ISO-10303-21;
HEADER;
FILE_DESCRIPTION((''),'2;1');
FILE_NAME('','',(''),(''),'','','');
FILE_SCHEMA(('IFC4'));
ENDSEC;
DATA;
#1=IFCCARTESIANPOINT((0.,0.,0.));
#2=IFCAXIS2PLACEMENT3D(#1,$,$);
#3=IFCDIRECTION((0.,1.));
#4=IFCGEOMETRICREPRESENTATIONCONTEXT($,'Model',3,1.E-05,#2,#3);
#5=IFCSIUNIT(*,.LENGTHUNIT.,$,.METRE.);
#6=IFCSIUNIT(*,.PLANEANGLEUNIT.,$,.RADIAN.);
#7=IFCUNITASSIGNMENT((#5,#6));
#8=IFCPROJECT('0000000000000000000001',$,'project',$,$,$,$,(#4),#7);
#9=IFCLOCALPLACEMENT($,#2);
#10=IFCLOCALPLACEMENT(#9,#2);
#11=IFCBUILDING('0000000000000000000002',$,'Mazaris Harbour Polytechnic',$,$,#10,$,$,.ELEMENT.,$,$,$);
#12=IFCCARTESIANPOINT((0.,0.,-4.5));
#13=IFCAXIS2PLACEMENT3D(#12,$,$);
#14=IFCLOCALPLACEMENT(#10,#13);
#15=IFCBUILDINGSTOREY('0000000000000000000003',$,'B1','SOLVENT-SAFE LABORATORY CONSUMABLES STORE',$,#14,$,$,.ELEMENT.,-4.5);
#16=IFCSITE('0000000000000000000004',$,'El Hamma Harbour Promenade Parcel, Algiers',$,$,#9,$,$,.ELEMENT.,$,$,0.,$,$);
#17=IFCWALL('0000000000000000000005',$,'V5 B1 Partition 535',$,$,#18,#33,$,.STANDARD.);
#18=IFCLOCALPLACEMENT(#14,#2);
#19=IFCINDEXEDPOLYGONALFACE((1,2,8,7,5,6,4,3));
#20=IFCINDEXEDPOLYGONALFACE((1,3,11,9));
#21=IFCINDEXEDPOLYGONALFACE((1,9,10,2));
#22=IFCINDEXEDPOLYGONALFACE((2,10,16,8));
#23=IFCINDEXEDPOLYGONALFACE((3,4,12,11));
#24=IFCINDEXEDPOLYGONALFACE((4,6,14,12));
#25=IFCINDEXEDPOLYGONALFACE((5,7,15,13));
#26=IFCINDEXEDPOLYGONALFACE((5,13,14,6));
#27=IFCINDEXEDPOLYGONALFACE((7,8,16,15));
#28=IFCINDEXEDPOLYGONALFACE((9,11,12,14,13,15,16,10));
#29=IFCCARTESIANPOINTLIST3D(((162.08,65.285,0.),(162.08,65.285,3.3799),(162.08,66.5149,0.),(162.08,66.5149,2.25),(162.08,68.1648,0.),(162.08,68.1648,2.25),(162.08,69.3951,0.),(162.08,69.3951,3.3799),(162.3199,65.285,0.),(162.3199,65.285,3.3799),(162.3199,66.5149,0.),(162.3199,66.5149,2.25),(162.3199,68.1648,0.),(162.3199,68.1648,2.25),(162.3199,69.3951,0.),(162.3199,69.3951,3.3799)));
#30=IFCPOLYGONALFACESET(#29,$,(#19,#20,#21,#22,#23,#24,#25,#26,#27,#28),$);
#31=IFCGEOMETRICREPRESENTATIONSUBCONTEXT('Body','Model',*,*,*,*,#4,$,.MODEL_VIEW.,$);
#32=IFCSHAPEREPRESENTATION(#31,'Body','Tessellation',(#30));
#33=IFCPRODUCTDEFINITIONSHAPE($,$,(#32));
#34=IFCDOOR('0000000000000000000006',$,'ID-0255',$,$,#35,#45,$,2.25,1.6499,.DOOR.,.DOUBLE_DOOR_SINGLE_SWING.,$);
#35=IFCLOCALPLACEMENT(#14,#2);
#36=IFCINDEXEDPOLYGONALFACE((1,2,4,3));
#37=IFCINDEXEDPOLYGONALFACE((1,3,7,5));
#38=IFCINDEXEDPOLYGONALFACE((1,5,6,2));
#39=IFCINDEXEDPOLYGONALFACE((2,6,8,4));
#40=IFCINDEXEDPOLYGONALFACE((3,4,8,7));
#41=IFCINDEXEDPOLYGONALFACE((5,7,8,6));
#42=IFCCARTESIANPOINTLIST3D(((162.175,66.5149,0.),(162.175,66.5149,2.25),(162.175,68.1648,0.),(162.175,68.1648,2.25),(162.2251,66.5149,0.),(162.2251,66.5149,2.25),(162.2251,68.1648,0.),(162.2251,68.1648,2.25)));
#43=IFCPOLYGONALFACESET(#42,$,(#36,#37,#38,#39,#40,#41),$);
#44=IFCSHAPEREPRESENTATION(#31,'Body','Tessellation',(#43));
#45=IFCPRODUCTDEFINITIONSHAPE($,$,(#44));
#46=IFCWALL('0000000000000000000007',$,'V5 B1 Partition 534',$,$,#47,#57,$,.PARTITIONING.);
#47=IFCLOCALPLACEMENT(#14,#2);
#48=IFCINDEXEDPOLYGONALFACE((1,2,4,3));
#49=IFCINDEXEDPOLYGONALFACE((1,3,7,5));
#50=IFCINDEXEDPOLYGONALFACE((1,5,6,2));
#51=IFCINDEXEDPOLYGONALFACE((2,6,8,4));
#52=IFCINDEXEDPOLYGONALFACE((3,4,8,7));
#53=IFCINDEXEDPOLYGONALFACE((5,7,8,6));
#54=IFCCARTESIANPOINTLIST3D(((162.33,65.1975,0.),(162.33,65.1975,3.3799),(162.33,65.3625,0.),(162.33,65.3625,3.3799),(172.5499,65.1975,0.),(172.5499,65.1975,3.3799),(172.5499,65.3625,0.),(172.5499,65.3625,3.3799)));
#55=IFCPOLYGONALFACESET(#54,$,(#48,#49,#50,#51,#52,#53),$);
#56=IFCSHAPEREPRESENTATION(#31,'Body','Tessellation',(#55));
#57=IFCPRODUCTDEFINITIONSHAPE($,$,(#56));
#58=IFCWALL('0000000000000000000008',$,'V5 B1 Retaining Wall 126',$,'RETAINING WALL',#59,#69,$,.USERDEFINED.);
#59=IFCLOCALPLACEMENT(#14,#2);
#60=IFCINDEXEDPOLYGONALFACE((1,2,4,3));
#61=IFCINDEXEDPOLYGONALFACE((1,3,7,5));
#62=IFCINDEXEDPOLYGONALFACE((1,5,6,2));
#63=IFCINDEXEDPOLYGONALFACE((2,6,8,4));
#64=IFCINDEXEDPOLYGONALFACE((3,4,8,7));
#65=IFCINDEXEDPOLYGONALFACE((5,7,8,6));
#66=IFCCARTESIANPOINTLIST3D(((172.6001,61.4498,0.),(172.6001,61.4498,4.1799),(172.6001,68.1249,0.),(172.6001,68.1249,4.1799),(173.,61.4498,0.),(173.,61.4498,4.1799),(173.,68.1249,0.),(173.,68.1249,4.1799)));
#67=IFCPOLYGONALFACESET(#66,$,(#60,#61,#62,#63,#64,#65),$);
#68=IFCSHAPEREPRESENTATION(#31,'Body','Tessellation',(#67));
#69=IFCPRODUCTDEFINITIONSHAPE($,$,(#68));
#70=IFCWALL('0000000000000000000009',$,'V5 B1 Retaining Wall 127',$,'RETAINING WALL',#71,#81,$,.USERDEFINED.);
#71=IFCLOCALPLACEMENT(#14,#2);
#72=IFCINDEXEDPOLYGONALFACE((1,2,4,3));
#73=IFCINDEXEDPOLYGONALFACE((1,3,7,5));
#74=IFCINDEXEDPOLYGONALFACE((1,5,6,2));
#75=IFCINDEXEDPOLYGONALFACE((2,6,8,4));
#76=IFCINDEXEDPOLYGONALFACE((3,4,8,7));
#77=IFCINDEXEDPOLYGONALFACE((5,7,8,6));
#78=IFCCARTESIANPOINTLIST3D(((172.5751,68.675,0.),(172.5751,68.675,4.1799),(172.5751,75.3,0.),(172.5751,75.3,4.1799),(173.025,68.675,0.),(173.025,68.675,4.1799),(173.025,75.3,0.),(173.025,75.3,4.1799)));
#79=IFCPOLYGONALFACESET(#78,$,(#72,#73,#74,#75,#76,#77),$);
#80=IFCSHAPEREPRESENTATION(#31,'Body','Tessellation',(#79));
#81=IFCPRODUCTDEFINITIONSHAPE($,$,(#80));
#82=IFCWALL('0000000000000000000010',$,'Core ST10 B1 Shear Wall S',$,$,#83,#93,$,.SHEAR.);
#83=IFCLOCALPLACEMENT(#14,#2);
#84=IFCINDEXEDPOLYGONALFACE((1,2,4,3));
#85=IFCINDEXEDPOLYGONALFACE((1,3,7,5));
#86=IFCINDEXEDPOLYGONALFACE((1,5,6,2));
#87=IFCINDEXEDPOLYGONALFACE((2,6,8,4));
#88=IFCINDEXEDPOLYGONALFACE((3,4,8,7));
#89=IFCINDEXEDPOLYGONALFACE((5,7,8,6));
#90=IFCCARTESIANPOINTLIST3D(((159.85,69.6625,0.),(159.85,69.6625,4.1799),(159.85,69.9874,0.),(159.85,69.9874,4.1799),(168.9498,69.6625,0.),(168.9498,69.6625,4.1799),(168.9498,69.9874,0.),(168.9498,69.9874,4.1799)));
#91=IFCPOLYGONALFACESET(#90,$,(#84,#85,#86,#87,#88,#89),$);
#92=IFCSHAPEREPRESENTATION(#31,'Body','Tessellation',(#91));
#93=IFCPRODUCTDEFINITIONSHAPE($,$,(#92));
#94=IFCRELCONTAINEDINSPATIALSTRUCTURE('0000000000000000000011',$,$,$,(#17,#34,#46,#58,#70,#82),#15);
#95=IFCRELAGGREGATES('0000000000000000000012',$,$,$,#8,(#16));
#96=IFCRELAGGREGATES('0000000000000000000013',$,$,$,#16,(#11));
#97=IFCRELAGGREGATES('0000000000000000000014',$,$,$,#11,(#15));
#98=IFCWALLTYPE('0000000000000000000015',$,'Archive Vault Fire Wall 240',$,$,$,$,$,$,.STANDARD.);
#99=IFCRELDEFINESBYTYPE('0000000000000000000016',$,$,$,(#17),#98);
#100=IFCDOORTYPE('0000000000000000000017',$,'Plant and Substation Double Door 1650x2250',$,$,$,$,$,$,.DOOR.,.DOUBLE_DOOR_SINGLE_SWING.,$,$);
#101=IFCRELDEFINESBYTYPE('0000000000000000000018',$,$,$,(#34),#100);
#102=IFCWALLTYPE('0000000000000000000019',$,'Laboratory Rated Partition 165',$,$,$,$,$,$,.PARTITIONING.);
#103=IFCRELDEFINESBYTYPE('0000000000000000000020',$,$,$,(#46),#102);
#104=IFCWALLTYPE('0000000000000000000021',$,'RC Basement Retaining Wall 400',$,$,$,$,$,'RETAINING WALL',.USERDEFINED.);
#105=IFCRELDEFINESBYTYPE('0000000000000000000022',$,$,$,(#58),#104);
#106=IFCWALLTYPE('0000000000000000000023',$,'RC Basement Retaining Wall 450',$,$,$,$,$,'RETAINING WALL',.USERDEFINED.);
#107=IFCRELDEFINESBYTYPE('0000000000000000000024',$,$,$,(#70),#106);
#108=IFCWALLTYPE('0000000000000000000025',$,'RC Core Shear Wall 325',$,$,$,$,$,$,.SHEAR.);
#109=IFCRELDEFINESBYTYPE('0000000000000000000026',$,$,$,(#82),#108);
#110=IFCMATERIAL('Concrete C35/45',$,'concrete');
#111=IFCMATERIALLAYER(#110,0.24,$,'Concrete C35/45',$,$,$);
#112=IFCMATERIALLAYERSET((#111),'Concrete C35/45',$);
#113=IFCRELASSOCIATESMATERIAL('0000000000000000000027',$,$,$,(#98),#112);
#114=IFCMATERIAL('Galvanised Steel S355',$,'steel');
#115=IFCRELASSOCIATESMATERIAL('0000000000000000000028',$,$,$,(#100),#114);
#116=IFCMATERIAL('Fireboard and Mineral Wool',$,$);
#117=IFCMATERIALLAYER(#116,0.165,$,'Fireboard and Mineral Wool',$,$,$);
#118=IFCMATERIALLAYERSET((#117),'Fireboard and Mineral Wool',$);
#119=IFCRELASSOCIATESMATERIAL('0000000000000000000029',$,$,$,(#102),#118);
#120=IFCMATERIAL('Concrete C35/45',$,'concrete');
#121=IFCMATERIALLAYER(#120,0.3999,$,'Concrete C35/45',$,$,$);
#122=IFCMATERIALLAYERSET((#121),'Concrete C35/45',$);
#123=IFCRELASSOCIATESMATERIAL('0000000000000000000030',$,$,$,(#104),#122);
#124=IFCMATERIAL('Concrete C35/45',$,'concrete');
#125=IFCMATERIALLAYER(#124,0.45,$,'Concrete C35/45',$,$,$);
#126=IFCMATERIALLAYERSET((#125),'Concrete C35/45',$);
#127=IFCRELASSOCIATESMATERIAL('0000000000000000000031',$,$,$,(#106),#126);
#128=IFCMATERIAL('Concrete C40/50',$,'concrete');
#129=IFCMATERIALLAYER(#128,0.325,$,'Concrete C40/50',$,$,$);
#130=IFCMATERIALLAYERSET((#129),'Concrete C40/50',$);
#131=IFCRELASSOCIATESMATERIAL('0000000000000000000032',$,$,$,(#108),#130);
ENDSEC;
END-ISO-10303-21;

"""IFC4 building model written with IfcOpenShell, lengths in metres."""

from ifc_helpers import new_model, si_unit, direction, frame, frame_2d, origin, place, context, subcontext, project, spatial, rectangle, extrude, material, layer, layer_set, type_object, element, fill, save


model = new_model("IFC4")

# Units and contexts
model_context = context("Model", 3, precision=1e-05, world=origin(), true_north=direction((0.0, 1.0)))
body_context = subcontext(model_context, "Body", "Model", "MODEL_VIEW")
ifc_project = project(units=[si_unit("LENGTHUNIT", "METRE"), si_unit("PLANEANGLEUNIT", "RADIAN")], contexts=[model_context])

# Site, building, storey
site_placement = place(None, origin())
site = spatial("IfcSite", under=ifc_project, at=site_placement, Name="El Hamma Harbour Promenade Parcel, Algiers", CompositionType="ELEMENT", RefElevation=0.0)
building_placement = place(site_placement, origin())
building = spatial("IfcBuilding", under=site, at=building_placement, Name="Mazaris Harbour Polytechnic", CompositionType="ELEMENT")
storey_placement = place(building_placement, frame((0.0, 0.0, -4.5)))
storey = spatial("IfcBuildingStorey", under=building, at=storey_placement, Name="B1", Description="SOLVENT-SAFE LABORATORY CONSUMABLES STORE", CompositionType="ELEMENT", Elevation=-4.5)

# Wall, opening, door
ifc_material_1 = material(Name="Concrete C35/45", Category="concrete")
ifc_layer_1 = layer(ifc_material_1, 0.24, Name="Concrete C35/45")
ifc_layer_set_1 = layer_set([ifc_layer_1], Name="Concrete C35/45")
wall_type_1 = type_object("IfcWallType", Name="Archive Vault Fire Wall 240", PredefinedType="STANDARD", material=ifc_layer_set_1)
wall_1_placement = place(storey_placement, frame((162.2, 65.2849, 0.0), z_axis=(0.0, 0.0, 1.0), x_axis=(0.0, 1.0, 0.0)))
wall_1 = element("IfcWall", 1, at=wall_1_placement, inside=storey, type_object=wall_type_1, Name="V5 B1 Partition 535", PredefinedType="STANDARD", context=body_context, shape_type="SweptSolid", body=[
    extrude(rectangle(XDim=4.1101, YDim=0.24, at=frame_2d((2.0552, 0.0))), origin(), (0.0, 0.0, 1.0), 3.3799),
])
opening_placement = place(wall_1_placement, frame((1.23, 0.0, 0.0)))
opening = element("IfcOpeningElement", 2, at=opening_placement, cuts=wall_1, PredefinedType="OPENING", context=body_context, shape_type="SweptSolid", body=[
    extrude(rectangle(XDim=1.6499, YDim=2.25, at=frame_2d((0.825, 1.125))), frame((0.0, 0.1299, 0.0), z_axis=(0.0, -1.0, 0.0), x_axis=(1.0, 0.0, 0.0)), (0.0, 0.0, 1.0), 0.26),
])
ifc_material_2 = material(Name="Galvanised Steel S355", Category="steel")
door_type = type_object("IfcDoorType", Name="Plant and Substation Double Door 1650x2250", OperationType="DOUBLE_DOOR_SINGLE_SWING", PredefinedType="DOOR", material=ifc_material_2)
door_placement = place(opening_placement, origin())
door = element("IfcDoor", 3, at=door_placement, inside=storey, type_object=door_type, Name="ID-0255", OperationType="DOUBLE_DOOR_SINGLE_SWING", OverallHeight=2.25, OverallWidth=1.6499, PredefinedType="DOOR", context=body_context, shape_type="SweptSolid", body=[
    extrude(rectangle(XDim=1.6499, YDim=2.25, at=frame_2d((0.825, 1.125))), frame((0.0, 0.0249, 0.0), z_axis=(0.0, -1.0, 0.0), x_axis=(1.0, 0.0, 0.0)), (0.0, 0.0, 1.0), 0.05),
])
fill(opening, door)

# Walls
ifc_material_3 = material(Name="Fireboard and Mineral Wool")
ifc_layer_2 = layer(ifc_material_3, 0.165, Name="Fireboard and Mineral Wool")
ifc_layer_set_2 = layer_set([ifc_layer_2], Name="Fireboard and Mineral Wool")
wall_type_2 = type_object("IfcWallType", Name="Laboratory Rated Partition 165", PredefinedType="PARTITIONING", material=ifc_layer_set_2)
wall_2_placement = place(storey_placement, frame((162.3301, 65.28, 0.0), z_axis=(0.0, 0.0, 1.0), x_axis=(1.0, 0.0, 0.0)))
element("IfcWall", 4, at=wall_2_placement, inside=storey, type_object=wall_type_2, Name="V5 B1 Partition 534", PredefinedType="PARTITIONING", context=body_context, shape_type="SweptSolid", body=[
    extrude(rectangle(XDim=10.22, YDim=0.165, at=frame_2d((5.1099, 0.0))), origin(), (0.0, 0.0, 1.0), 3.3799),
])
ifc_material_4 = material(Name="Concrete C35/45", Category="concrete")
ifc_layer_3 = layer(ifc_material_4, 0.3999, Name="Concrete C35/45")
ifc_layer_set_3 = layer_set([ifc_layer_3], Name="Concrete C35/45")
wall_type_3 = type_object("IfcWallType", Name="RC Basement Retaining Wall 400", ElementType="RETAINING WALL", PredefinedType="USERDEFINED", material=ifc_layer_set_3)
wall_3_placement = place(storey_placement, frame((172.8, 61.45, 0.0), z_axis=(0.0, 0.0, 1.0), x_axis=(0.0, 1.0, 0.0)))
element("IfcWall", 5, at=wall_3_placement, inside=storey, type_object=wall_type_3, Name="V5 B1 Retaining Wall 126", ObjectType="RETAINING WALL", PredefinedType="USERDEFINED", context=body_context, shape_type="SweptSolid", body=[
    extrude(rectangle(XDim=6.675, YDim=0.3999, at=frame_2d((3.3374, 0.0))), origin(), (0.0, 0.0, 1.0), 4.1799),
])
ifc_material_5 = material(Name="Concrete C35/45", Category="concrete")
ifc_layer_4 = layer(ifc_material_5, 0.45, Name="Concrete C35/45")
ifc_layer_set_4 = layer_set([ifc_layer_4], Name="Concrete C35/45")
wall_type_4 = type_object("IfcWallType", Name="RC Basement Retaining Wall 450", ElementType="RETAINING WALL", PredefinedType="USERDEFINED", material=ifc_layer_set_4)
wall_4_placement = place(storey_placement, frame((172.8, 68.675, 0.0), z_axis=(0.0, 0.0, 1.0), x_axis=(0.0, 1.0, 0.0)))
element("IfcWall", 6, at=wall_4_placement, inside=storey, type_object=wall_type_4, Name="V5 B1 Retaining Wall 127", ObjectType="RETAINING WALL", PredefinedType="USERDEFINED", context=body_context, shape_type="SweptSolid", body=[
    extrude(rectangle(XDim=6.625, YDim=0.45, at=frame_2d((3.3125, 0.0))), origin(), (0.0, 0.0, 1.0), 4.1799),
])
ifc_material_6 = material(Name="Concrete C40/50", Category="concrete")
ifc_layer_5 = layer(ifc_material_6, 0.325, Name="Concrete C40/50")
ifc_layer_set_5 = layer_set([ifc_layer_5], Name="Concrete C40/50")
wall_type_5 = type_object("IfcWallType", Name="RC Core Shear Wall 325", PredefinedType="SHEAR", material=ifc_layer_set_5)
wall_5_placement = place(storey_placement, frame((159.8501, 69.825, 0.0), z_axis=(0.0, 0.0, 1.0), x_axis=(1.0, 0.0, 0.0)))
element("IfcWall", 7, at=wall_5_placement, inside=storey, type_object=wall_type_5, Name="Core ST10 B1 Shear Wall S", PredefinedType="SHEAR", context=body_context, shape_type="SweptSolid", body=[
    extrude(rectangle(XDim=9.0999, YDim=0.325, at=frame_2d((4.5498, 0.0))), origin(), (0.0, 0.0, 1.0), 4.1799),
])

save(model, "model.ifc")
